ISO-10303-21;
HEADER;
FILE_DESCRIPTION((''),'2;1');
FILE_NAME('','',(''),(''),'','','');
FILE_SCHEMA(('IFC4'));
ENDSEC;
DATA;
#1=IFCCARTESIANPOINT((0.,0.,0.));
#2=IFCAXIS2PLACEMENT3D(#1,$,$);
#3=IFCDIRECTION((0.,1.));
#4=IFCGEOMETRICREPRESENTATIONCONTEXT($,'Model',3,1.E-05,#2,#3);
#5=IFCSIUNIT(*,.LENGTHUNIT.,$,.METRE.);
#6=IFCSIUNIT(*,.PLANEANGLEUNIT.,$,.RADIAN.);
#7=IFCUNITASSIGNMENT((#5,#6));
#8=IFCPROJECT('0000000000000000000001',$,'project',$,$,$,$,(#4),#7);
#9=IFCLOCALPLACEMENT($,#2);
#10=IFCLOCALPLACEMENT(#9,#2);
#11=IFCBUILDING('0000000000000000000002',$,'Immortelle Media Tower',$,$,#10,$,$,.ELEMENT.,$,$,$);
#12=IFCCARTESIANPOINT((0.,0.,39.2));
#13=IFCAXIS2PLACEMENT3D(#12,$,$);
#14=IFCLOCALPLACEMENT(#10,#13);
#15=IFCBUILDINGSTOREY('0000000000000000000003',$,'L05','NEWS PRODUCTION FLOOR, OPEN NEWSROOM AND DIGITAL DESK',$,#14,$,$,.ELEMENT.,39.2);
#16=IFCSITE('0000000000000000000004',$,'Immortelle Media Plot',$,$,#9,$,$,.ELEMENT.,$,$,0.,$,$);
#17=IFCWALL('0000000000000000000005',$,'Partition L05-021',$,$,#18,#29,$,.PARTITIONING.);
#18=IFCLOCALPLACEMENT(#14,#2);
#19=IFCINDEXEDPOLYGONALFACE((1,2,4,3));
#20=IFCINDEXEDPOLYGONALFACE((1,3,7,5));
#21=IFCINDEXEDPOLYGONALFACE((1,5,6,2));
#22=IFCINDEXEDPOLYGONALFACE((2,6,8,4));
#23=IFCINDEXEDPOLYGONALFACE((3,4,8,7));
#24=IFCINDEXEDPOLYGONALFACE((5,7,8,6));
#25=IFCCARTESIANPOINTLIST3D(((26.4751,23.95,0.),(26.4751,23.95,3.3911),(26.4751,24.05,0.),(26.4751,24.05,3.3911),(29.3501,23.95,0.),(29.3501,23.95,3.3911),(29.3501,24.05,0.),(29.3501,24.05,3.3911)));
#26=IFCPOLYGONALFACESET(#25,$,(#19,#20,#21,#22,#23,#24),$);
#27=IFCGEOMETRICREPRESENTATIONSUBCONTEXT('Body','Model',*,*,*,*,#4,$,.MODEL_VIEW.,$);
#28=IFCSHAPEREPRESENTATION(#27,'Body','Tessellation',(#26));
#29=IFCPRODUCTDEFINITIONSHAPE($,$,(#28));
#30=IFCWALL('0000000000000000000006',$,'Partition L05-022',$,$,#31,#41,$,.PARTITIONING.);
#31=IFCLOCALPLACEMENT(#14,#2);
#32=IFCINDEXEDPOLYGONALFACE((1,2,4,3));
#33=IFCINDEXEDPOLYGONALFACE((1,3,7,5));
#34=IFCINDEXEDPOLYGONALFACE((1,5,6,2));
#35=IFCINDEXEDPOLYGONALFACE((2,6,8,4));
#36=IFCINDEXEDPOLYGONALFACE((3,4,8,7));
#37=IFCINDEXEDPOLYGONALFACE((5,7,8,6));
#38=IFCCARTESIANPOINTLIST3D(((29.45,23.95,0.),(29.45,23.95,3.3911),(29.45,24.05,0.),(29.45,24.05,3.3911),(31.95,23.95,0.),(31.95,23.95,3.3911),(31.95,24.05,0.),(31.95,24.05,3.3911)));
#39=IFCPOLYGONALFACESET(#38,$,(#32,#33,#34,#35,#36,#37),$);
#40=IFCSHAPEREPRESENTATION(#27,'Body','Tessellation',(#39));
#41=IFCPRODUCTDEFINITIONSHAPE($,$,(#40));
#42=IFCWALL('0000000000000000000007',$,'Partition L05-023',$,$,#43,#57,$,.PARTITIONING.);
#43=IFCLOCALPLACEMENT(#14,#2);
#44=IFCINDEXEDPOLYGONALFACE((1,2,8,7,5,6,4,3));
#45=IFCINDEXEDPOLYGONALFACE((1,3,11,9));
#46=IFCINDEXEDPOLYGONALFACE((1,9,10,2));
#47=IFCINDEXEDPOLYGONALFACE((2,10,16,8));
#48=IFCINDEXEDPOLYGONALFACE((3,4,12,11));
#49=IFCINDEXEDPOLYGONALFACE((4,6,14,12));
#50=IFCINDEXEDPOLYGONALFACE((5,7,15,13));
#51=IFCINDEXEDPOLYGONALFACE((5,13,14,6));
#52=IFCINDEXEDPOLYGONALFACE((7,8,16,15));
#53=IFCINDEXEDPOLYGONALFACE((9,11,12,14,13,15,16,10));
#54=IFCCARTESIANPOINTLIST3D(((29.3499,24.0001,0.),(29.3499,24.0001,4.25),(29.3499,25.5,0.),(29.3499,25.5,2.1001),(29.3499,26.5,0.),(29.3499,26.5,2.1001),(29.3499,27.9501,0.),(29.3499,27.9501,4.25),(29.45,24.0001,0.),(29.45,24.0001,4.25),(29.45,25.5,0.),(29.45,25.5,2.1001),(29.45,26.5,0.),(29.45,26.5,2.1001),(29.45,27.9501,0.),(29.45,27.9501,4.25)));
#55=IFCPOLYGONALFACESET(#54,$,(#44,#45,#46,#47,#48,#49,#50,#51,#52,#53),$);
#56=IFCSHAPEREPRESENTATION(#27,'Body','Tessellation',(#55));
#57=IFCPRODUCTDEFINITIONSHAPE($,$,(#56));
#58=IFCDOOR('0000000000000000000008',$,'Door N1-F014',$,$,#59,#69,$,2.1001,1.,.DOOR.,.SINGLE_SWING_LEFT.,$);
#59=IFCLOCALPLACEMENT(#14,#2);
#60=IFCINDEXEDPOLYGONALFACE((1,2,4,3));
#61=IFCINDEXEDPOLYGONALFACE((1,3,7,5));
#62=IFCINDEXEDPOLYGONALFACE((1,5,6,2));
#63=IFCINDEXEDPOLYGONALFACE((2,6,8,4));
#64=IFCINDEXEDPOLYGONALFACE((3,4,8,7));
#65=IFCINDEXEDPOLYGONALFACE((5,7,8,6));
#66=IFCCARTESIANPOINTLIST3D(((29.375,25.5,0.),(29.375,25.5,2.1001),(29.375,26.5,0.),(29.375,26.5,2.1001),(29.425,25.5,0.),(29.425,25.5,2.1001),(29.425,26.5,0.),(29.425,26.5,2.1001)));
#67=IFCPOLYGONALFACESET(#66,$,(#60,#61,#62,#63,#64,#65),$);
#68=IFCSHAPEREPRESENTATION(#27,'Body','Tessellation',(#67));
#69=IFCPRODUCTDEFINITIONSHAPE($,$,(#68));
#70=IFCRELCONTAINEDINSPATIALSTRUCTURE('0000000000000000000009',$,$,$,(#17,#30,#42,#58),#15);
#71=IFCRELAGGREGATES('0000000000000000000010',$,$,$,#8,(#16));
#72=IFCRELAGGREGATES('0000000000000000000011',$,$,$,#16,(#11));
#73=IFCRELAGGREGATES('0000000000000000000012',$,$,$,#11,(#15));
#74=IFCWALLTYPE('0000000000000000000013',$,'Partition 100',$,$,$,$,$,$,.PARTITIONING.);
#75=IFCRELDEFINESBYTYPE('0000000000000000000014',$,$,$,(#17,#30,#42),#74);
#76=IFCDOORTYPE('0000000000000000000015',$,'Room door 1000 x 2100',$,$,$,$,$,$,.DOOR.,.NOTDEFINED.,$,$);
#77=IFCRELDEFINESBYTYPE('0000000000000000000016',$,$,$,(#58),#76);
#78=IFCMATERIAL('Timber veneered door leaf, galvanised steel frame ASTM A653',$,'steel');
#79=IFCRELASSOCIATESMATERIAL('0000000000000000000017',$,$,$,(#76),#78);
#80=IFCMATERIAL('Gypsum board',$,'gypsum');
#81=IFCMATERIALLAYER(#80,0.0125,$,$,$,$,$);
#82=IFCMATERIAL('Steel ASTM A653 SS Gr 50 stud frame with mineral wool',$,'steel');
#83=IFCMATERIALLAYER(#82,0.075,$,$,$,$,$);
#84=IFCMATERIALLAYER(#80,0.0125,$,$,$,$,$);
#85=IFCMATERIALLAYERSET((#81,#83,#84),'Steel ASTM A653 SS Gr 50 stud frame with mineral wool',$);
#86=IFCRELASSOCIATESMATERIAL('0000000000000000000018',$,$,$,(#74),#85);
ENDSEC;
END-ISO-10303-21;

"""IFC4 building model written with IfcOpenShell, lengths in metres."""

from ifc_helpers import new_model, si_unit, direction, frame, frame_2d, origin, place, context, subcontext, project, spatial, rectangle, extrude, material, layer, layer_set, type_object, element, fill, save


model = new_model("IFC4")

# Units and contexts
model_context = context("Model", 3, precision=1e-05, world=origin(), true_north=direction((0.0, 1.0)))
body_context = subcontext(model_context, "Body", "Model", "MODEL_VIEW")
ifc_project = project(units=[si_unit("LENGTHUNIT", "METRE"), si_unit("PLANEANGLEUNIT", "RADIAN")], contexts=[model_context])

# Site, building, storey
site_placement = place(None, origin())
site = spatial("IfcSite", under=ifc_project, at=site_placement, Name="Immortelle Media Plot", CompositionType="ELEMENT", RefElevation=0.0)
building_placement = place(site_placement, origin())
building = spatial("IfcBuilding", under=site, at=building_placement, Name="Immortelle Media Tower", CompositionType="ELEMENT")
storey_placement = place(building_placement, frame((0.0, 0.0, 39.2)))
storey = spatial("IfcBuildingStorey", under=building, at=storey_placement, Name="L05", Description="NEWS PRODUCTION FLOOR, OPEN NEWSROOM AND DIGITAL DESK", CompositionType="ELEMENT", Elevation=39.2)

# Shared definitions
ifc_material_1 = material(Name="Steel ASTM A653 SS Gr 50 stud frame with mineral wool", Category="steel")

# Shared definitions
ifc_material_2 = material(Name="Timber veneered door leaf, galvanised steel frame ASTM A653", Category="steel")
door_type_1 = type_object("IfcDoorType", Name="Room door 1000 x 2100", OperationType="NOTDEFINED", PredefinedType="DOOR", material=ifc_material_2)

# Shared definitions
ifc_material_3 = material(Name="Gypsum board", Category="gypsum")
ifc_layer_1 = layer(ifc_material_3, 0.0125)
ifc_layer_2 = layer(ifc_material_1, 0.075)
ifc_layer_3 = layer(ifc_material_3, 0.0125)
ifc_layer_set_1 = layer_set([ifc_layer_1, ifc_layer_2, ifc_layer_3], Name="Steel ASTM A653 SS Gr 50 stud frame with mineral wool")
wall_type_1 = type_object("IfcWallType", Name="Partition 100", PredefinedType="PARTITIONING", material=ifc_layer_set_1)

# Walls
wall_1_placement = place(storey_placement, frame((26.4751, 24.0, 0.0), z_axis=(0.0, 0.0, 1.0), x_axis=(1.0, 0.0, 0.0)))
element("IfcWall", 1, at=wall_1_placement, inside=storey, type_object=wall_type_1, Name="Partition L05-021", PredefinedType="PARTITIONING", context=body_context, shape_type="SweptSolid", body=[
    extrude(rectangle(XDim=2.875, YDim=0.1001, at=frame_2d((1.4375, 0.0))), origin(), (0.0, 0.0, 1.0), 3.3911),
])
wall_2_placement = place(storey_placement, frame((29.45, 24.0, 0.0), z_axis=(0.0, 0.0, 1.0), x_axis=(1.0, 0.0, 0.0)))
element("IfcWall", 2, at=wall_2_placement, inside=storey, type_object=wall_type_1, Name="Partition L05-022", PredefinedType="PARTITIONING", context=body_context, shape_type="SweptSolid", body=[
    extrude(rectangle(XDim=2.5, YDim=0.1001, at=frame_2d((1.25, 0.0))), origin(), (0.0, 0.0, 1.0), 3.3911),
])

# Wall, opening, door
wall_3_placement = place(storey_placement, frame((29.3999, 24.0, 0.0), z_axis=(0.0, 0.0, 1.0), x_axis=(0.0, 1.0, 0.0)))
wall_3 = element("IfcWall", 3, at=wall_3_placement, inside=storey, type_object=wall_type_1, Name="Partition L05-023", PredefinedType="PARTITIONING", context=body_context, shape_type="SweptSolid", body=[
    extrude(rectangle(XDim=3.95, YDim=0.1001, at=frame_2d((1.9751, 0.0))), origin(), (0.0, 0.0, 1.0), 4.25),
])
opening_1_placement = place(wall_3_placement, frame((1.5, 0.0, 0.0)))
opening_1 = element("IfcOpeningElement", 4, at=opening_1_placement, cuts=wall_3, PredefinedType="OPENING", context=body_context, shape_type="SweptSolid", body=[
    extrude(rectangle(XDim=1.0, YDim=2.1001, at=frame_2d((0.5, 1.05))), frame((0.0, 0.0601, 0.0), z_axis=(0.0, -1.0, 0.0), x_axis=(1.0, 0.0, 0.0)), (0.0, 0.0, 1.0), 0.1201),
])
door_1_placement = place(opening_1_placement, origin())
door_1 = element("IfcDoor", 5, at=door_1_placement, inside=storey, type_object=door_type_1, Name="Door N1-F014", OperationType="SINGLE_SWING_LEFT", OverallHeight=2.1001, OverallWidth=1.0, PredefinedType="DOOR", context=body_context, shape_type="SweptSolid", body=[
    extrude(rectangle(XDim=1.0, YDim=2.1001, at=frame_2d((0.5, 1.05))), frame((0.0, 0.0249, 0.0), z_axis=(0.0, -1.0, 0.0), x_axis=(1.0, 0.0, 0.0)), (0.0, 0.0, 1.0), 0.05),
])
fill(opening_1, door_1)

save(model, "model.ifc")
